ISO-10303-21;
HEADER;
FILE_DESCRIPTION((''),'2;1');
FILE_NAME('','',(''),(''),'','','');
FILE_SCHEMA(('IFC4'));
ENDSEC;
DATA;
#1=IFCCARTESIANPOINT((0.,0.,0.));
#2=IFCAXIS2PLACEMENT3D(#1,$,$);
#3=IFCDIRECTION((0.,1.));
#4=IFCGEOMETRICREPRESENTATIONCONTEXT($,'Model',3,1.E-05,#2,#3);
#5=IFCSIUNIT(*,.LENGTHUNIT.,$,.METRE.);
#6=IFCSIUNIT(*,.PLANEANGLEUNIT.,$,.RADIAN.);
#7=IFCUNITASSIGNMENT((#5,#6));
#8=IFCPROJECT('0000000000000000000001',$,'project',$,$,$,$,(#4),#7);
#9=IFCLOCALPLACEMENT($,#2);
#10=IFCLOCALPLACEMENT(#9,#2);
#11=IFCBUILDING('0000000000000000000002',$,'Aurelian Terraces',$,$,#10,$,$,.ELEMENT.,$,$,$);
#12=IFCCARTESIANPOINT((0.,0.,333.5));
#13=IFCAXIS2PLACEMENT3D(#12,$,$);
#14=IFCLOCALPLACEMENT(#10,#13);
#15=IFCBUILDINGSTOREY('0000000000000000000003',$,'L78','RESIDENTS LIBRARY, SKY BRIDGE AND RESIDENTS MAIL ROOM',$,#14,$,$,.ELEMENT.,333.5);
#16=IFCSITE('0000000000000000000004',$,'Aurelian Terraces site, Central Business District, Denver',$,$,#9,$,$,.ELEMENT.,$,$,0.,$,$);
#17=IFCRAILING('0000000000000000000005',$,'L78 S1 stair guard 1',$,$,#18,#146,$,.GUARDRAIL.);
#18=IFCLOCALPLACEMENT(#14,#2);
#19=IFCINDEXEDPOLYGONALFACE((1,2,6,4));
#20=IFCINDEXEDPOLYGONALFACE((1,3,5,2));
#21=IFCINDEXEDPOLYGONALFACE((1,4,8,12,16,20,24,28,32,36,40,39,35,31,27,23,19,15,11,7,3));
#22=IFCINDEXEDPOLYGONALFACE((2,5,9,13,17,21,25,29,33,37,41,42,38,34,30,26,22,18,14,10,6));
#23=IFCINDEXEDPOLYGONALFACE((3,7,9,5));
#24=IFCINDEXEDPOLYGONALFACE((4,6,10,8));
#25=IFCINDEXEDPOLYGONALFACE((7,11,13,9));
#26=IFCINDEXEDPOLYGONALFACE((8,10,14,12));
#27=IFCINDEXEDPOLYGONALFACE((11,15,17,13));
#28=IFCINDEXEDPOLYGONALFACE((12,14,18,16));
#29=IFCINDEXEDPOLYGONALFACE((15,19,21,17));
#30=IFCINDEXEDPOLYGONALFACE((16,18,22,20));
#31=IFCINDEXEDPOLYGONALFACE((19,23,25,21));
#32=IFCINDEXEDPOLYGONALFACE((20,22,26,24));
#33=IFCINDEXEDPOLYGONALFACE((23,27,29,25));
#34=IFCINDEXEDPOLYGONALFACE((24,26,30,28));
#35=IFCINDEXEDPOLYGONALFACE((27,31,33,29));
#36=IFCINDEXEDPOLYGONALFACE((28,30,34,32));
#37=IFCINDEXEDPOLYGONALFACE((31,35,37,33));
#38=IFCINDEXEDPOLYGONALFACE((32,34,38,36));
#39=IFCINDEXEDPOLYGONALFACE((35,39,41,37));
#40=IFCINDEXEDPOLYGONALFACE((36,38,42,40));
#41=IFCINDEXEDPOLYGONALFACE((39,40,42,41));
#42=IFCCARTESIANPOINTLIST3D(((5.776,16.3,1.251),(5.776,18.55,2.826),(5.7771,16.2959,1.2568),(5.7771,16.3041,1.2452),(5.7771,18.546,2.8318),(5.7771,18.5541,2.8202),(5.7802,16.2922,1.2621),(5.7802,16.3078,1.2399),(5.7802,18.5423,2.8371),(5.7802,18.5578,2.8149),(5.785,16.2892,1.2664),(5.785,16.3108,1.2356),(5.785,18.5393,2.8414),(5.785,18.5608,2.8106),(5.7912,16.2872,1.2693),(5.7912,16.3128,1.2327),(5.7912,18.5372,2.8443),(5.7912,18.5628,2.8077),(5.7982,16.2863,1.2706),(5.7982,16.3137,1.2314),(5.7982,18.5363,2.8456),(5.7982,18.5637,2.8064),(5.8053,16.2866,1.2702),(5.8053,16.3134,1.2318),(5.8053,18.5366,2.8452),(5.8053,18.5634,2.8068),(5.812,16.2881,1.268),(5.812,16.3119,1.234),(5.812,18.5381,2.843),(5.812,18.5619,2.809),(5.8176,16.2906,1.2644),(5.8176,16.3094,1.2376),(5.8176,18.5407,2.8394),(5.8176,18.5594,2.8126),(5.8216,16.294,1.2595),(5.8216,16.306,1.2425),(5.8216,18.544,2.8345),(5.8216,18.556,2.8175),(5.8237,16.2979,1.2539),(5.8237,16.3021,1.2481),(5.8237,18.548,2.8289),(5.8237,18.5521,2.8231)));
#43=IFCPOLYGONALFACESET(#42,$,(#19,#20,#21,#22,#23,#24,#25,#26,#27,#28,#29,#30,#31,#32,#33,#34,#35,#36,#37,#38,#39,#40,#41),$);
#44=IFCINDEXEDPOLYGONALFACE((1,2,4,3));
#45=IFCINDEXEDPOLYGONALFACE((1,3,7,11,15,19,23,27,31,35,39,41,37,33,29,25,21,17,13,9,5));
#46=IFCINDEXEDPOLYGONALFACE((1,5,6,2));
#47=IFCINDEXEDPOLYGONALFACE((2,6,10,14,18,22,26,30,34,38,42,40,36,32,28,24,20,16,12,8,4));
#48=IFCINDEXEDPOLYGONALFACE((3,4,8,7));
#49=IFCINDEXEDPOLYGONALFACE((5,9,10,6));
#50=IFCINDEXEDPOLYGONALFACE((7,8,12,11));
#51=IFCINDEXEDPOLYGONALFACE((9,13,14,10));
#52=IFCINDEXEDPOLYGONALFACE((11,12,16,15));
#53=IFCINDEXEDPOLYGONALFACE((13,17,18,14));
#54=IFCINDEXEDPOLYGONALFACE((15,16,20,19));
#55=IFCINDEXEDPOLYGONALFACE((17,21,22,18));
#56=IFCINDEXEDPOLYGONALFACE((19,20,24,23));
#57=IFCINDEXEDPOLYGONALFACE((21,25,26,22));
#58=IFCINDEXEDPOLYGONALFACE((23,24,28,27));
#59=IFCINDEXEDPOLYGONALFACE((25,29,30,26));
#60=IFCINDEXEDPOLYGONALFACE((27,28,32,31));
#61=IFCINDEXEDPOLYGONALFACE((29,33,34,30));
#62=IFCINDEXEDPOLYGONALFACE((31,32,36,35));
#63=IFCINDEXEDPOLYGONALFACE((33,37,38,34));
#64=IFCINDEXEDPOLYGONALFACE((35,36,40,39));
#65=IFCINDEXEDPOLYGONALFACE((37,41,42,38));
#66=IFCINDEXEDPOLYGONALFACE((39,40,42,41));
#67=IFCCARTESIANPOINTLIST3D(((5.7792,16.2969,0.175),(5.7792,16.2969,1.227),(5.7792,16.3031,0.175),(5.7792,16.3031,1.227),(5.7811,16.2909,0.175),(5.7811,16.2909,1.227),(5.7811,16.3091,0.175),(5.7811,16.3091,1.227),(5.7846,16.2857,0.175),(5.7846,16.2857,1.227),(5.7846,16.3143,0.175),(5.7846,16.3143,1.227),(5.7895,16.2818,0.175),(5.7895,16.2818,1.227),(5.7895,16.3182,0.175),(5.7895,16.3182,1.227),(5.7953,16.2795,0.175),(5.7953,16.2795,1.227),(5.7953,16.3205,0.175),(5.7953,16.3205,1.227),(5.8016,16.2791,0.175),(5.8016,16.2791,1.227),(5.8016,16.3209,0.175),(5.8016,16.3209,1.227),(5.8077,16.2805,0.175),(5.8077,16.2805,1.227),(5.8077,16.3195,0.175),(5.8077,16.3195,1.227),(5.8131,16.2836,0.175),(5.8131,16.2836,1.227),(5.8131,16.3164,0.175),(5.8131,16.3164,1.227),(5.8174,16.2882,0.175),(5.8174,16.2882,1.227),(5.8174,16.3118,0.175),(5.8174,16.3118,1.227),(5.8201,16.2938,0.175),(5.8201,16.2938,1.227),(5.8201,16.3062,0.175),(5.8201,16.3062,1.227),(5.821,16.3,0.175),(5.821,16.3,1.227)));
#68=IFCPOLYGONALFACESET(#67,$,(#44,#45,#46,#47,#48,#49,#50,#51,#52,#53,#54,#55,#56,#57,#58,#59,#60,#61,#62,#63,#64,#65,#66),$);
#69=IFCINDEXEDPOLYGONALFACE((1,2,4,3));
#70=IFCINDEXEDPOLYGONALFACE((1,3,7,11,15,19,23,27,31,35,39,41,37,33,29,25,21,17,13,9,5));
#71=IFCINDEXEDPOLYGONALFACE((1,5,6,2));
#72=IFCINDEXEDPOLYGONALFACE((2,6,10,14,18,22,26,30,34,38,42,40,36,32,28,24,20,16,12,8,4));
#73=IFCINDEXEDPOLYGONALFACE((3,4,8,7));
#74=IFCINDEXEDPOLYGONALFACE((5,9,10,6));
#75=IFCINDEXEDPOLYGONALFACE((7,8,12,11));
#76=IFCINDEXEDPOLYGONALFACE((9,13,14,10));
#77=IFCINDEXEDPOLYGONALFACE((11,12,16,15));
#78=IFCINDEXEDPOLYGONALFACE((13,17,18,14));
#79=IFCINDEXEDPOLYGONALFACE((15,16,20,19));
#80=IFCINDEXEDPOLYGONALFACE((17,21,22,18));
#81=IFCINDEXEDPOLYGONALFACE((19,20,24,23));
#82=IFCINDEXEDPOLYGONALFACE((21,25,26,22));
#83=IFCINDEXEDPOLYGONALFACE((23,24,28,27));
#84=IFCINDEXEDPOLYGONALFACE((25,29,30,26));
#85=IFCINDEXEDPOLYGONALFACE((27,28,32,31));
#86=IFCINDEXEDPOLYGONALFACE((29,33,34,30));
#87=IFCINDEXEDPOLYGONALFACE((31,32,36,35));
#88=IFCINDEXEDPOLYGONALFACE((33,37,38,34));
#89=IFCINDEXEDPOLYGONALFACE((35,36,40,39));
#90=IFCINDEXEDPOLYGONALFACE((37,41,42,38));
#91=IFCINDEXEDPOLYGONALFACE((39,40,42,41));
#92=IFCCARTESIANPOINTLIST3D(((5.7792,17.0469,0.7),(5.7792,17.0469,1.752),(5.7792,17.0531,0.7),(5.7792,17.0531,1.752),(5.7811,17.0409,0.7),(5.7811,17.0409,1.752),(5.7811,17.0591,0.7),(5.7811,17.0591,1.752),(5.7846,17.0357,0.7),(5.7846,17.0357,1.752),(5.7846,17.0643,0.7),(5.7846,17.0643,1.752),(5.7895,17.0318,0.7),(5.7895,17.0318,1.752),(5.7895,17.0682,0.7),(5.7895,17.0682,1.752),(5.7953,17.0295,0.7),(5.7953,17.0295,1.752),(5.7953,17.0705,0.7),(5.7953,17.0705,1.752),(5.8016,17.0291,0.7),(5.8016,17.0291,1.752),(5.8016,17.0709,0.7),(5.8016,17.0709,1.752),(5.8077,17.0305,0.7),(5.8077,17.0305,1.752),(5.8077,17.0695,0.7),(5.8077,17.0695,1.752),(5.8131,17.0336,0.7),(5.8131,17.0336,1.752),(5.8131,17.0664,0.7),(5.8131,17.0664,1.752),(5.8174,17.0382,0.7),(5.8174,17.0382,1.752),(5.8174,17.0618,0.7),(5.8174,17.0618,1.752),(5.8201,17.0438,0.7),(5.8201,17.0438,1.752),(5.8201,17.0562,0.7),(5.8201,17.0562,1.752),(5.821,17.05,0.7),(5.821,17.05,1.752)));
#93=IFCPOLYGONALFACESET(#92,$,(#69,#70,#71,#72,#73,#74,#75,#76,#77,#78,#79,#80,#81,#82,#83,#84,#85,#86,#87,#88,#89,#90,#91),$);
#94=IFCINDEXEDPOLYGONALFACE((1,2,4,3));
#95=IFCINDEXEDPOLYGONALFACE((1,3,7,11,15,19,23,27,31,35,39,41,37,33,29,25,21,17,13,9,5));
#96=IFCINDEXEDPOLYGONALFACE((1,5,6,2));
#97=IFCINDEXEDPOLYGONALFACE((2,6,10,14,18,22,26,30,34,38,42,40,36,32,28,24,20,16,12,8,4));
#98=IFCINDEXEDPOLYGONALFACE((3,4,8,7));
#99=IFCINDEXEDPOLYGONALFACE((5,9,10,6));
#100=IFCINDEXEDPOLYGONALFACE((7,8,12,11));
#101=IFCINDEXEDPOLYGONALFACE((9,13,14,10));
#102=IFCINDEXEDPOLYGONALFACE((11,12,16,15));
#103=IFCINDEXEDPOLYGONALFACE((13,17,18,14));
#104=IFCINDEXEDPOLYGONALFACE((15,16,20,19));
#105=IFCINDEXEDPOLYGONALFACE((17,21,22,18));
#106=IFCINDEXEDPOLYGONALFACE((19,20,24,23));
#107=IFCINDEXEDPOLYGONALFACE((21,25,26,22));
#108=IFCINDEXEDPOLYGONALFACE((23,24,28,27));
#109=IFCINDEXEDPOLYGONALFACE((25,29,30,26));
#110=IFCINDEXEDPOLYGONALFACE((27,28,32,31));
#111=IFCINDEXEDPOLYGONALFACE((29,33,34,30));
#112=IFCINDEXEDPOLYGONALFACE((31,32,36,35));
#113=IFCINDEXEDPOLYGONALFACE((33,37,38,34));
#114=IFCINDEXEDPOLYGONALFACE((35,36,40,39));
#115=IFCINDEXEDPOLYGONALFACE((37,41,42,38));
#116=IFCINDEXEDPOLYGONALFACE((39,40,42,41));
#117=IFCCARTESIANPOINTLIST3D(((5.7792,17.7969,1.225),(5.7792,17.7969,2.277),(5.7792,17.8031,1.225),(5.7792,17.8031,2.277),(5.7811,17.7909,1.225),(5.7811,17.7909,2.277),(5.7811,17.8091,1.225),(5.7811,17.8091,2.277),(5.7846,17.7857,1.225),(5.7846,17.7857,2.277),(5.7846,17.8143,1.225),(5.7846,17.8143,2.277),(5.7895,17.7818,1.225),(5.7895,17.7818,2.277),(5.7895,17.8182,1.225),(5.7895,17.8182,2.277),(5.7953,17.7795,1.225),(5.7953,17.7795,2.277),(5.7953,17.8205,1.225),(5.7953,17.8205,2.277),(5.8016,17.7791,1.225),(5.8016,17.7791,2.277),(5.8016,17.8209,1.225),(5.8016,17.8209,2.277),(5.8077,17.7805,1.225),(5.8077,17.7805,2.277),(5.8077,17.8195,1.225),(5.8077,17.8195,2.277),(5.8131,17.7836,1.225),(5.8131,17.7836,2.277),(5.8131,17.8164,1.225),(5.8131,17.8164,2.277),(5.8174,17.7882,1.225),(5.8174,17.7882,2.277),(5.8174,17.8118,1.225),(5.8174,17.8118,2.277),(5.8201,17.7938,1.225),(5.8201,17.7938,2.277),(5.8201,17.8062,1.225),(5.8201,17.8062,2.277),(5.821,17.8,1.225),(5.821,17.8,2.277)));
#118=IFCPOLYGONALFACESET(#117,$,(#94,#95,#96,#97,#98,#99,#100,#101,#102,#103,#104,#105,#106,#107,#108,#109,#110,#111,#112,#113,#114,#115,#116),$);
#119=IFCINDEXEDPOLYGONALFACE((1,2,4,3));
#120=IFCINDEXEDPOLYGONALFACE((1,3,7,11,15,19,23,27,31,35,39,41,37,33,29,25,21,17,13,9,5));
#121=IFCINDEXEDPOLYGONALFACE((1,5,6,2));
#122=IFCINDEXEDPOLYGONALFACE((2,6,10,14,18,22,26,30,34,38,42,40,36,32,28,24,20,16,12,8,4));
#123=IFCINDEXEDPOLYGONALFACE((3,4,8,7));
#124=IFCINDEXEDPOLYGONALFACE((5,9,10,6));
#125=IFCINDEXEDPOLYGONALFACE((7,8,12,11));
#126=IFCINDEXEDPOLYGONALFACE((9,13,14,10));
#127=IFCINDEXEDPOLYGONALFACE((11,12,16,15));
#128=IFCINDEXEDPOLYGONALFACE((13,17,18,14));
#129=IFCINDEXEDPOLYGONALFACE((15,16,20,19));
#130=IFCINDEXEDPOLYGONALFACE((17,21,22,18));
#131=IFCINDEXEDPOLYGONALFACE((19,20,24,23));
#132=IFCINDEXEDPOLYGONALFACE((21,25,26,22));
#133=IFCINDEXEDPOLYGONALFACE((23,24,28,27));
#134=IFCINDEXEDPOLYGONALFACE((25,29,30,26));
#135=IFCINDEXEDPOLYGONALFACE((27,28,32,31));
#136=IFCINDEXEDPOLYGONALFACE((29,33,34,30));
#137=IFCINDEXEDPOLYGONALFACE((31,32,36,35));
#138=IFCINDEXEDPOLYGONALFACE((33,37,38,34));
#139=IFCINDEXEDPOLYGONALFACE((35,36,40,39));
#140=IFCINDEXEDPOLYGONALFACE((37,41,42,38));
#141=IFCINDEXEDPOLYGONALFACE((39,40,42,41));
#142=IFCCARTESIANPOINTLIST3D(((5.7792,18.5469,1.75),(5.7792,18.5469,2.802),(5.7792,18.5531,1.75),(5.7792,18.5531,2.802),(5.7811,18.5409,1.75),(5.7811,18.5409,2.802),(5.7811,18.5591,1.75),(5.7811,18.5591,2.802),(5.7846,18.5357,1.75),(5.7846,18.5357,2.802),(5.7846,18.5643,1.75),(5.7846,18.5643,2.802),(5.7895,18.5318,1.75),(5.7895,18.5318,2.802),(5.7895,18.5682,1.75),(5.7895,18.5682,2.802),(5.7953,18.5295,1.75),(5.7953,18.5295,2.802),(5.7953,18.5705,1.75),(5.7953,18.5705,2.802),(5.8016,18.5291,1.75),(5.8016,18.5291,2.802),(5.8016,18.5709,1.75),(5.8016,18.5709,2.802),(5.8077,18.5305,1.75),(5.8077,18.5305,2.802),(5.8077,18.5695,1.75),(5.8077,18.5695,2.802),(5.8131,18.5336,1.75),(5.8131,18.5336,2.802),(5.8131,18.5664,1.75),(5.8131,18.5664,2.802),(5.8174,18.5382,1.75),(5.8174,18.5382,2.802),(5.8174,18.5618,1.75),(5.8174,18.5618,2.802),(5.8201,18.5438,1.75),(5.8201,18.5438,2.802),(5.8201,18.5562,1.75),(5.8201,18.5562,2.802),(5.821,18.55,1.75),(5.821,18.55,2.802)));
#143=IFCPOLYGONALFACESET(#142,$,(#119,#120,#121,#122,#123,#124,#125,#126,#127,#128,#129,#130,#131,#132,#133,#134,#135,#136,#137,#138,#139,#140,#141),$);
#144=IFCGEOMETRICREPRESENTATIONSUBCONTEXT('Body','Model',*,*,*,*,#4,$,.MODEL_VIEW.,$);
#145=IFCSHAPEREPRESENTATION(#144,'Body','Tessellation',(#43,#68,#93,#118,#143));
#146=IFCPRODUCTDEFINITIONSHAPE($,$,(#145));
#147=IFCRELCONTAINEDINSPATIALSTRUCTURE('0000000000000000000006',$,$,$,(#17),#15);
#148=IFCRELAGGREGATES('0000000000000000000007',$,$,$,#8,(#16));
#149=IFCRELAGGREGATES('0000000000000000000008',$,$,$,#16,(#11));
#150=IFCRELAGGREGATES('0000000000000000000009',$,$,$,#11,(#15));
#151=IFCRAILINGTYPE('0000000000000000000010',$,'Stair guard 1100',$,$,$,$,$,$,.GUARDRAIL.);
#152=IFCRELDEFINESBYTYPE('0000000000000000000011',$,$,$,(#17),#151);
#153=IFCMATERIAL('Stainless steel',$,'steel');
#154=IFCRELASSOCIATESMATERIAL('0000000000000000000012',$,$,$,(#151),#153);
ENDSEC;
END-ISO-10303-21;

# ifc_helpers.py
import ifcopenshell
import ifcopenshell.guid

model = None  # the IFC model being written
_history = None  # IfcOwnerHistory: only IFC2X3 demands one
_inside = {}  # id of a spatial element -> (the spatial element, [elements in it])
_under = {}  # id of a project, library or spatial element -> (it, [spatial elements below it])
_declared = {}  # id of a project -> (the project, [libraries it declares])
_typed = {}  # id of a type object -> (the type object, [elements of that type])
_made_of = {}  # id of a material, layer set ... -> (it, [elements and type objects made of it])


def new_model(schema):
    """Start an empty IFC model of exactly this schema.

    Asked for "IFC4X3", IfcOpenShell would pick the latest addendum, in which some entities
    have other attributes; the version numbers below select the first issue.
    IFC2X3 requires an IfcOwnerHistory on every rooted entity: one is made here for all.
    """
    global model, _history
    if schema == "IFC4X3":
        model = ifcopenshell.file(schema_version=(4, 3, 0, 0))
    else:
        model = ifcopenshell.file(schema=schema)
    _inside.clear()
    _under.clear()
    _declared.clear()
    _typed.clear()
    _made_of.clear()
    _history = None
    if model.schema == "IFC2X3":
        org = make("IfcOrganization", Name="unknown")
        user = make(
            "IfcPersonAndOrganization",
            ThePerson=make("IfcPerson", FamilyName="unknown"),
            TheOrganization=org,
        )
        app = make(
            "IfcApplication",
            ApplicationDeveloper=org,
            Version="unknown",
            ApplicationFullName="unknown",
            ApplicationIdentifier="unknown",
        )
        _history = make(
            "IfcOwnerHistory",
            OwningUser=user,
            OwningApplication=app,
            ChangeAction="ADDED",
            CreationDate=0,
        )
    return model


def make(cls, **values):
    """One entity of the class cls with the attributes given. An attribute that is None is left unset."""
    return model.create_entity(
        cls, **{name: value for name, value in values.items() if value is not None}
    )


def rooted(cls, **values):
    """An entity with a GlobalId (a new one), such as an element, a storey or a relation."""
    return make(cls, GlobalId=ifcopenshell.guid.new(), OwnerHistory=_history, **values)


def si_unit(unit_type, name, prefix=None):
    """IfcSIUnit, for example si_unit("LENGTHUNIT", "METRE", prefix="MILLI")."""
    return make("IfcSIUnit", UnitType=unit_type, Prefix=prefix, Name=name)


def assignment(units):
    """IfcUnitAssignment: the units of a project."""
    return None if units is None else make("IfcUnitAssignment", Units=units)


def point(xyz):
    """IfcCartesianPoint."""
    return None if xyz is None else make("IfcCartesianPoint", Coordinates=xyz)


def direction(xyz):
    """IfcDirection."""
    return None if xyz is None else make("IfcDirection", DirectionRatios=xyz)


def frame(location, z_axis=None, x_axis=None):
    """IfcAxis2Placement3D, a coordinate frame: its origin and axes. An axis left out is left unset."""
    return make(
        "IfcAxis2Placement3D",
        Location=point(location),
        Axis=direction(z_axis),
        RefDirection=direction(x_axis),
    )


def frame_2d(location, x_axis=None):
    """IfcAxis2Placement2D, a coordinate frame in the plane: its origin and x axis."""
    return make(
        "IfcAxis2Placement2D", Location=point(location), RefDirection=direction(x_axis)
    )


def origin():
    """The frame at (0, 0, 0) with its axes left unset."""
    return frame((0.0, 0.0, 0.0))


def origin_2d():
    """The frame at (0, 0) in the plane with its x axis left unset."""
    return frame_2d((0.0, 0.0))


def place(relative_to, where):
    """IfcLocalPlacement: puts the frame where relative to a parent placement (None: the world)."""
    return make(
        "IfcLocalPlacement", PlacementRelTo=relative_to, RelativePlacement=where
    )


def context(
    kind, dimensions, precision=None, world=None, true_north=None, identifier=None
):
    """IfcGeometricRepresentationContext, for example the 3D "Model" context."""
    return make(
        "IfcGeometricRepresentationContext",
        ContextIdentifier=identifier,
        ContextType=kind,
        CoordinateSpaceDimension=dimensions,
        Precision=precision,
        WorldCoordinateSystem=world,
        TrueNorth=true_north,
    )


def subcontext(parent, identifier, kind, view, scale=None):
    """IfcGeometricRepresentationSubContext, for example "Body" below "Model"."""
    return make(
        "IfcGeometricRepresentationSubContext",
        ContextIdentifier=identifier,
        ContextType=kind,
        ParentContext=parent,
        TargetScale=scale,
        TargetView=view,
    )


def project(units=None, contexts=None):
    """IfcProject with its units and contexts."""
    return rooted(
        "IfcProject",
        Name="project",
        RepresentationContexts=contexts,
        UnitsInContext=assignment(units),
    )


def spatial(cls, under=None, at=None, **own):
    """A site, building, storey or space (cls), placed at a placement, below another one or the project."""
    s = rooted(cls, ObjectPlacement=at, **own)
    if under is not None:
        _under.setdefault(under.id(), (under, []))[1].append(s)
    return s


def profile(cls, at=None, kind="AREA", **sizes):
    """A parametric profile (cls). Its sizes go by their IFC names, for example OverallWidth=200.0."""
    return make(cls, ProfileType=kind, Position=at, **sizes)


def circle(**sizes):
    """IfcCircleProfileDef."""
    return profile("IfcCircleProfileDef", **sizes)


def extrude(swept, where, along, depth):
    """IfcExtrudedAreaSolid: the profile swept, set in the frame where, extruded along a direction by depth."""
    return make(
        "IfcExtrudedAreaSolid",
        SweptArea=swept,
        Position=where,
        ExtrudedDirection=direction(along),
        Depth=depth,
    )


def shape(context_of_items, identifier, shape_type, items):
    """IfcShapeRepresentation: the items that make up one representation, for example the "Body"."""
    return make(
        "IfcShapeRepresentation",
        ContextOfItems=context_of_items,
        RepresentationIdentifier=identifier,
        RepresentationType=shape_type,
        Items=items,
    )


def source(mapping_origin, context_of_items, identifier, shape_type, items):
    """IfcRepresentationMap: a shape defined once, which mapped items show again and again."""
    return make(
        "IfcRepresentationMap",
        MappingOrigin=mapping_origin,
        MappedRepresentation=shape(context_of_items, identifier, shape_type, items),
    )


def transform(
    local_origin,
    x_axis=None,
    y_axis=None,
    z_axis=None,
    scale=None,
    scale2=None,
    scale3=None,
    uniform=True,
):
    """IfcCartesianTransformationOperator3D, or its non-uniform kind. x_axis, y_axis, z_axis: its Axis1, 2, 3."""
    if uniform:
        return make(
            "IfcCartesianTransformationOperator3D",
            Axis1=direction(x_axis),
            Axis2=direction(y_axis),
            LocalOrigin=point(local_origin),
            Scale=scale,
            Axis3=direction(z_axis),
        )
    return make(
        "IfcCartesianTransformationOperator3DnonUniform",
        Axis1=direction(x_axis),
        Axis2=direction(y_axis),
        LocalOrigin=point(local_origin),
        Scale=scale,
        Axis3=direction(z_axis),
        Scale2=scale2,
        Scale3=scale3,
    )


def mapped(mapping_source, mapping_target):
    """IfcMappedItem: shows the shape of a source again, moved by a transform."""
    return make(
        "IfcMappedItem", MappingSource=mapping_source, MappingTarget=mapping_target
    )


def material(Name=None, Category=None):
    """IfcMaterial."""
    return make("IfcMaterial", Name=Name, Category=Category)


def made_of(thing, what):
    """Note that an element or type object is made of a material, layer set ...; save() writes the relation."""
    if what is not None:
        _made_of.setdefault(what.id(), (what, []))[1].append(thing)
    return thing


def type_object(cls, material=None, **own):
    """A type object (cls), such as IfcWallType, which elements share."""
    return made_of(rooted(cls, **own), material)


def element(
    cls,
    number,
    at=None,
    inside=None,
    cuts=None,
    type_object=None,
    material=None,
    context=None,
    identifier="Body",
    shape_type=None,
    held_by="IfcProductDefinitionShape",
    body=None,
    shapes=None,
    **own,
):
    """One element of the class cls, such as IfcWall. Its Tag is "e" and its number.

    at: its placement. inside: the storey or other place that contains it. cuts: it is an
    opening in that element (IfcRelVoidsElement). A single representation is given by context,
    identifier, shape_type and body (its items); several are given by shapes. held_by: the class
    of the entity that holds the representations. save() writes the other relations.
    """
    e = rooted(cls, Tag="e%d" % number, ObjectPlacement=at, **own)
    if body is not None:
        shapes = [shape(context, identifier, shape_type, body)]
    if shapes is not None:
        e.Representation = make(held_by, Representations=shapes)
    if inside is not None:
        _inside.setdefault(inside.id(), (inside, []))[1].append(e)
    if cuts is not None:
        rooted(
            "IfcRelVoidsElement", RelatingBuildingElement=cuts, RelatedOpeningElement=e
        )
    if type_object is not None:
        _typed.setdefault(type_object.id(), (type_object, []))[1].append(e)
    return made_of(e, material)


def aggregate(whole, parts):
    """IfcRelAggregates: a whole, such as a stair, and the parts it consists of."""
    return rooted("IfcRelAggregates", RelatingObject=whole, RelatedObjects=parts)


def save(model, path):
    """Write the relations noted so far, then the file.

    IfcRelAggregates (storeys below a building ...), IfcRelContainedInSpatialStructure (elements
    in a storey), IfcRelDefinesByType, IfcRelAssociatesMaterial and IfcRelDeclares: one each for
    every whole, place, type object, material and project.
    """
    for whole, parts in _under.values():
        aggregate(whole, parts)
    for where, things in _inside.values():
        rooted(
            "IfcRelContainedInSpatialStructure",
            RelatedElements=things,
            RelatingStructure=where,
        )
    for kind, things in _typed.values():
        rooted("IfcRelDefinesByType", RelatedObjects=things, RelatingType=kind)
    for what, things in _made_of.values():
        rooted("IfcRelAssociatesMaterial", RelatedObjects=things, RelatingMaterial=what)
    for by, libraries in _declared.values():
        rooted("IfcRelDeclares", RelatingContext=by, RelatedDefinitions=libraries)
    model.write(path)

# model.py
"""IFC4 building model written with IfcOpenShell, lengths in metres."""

from ifc_helpers import new_model, si_unit, direction, frame, origin, origin_2d, place, context, subcontext, project, spatial, circle, extrude, source, transform, mapped, material, type_object, element, save


model = new_model("IFC4")

# Units and contexts
model_context = context("Model", 3, precision=1e-05, world=origin(), true_north=direction((0.0, 1.0)))
body_context = subcontext(model_context, "Body", "Model", "MODEL_VIEW")
ifc_project = project(units=[si_unit("LENGTHUNIT", "METRE"), si_unit("PLANEANGLEUNIT", "RADIAN")], contexts=[model_context])

# Site, building, storey
site_placement = place(None, origin())
site = spatial("IfcSite", under=ifc_project, at=site_placement, Name="Aurelian Terraces site, Central Business District, Denver", CompositionType="ELEMENT", RefElevation=0.0)
building_placement = place(site_placement, origin())
building = spatial("IfcBuilding", under=site, at=building_placement, Name="Aurelian Terraces", CompositionType="ELEMENT")
storey_placement = place(building_placement, frame((0.0, 0.0, 333.5)))
storey = spatial("IfcBuildingStorey", under=building, at=storey_placement, Name="L78", Description="RESIDENTS LIBRARY, SKY BRIDGE AND RESIDENTS MAIL ROOM", CompositionType="ELEMENT", Elevation=333.5)

# Railing
ifc_material_1 = material(Name="Stainless steel", Category="steel")
railing_type_1 = type_object("IfcRailingType", Name="Stair guard 1100", PredefinedType="GUARDRAIL", material=ifc_material_1)
shared_shape_1 = source(origin(), body_context, "Body", "SweptSolid", [
    extrude(circle(Radius=0.024, at=origin_2d()), frame((0.0, 0.0, 1.076), z_axis=(0.0, 0.819232, 0.573462), x_axis=(-1.0, 0.0, 0.0)), (0.0, 0.0, 1.0), 2.7465),
    extrude(circle(Radius=0.021, at=origin_2d()), origin(), (0.0, 0.0, 1.0), 1.052),
    extrude(circle(Radius=0.021, at=origin_2d()), frame((0.0, 0.75, 0.525)), (0.0, 0.0, 1.0), 1.052),
    extrude(circle(Radius=0.021, at=origin_2d()), frame((0.0, 1.5, 1.05)), (0.0, 0.0, 1.0), 1.052),
    extrude(circle(Radius=0.021, at=origin_2d()), frame((0.0, 2.25, 1.575)), (0.0, 0.0, 1.0), 1.052),
])
railing_1_placement = place(storey_placement, frame((5.8, 16.3, 0.175)))
element("IfcRailing", 1, at=railing_1_placement, inside=storey, type_object=railing_type_1, Name="L78 S1 stair guard 1", PredefinedType="GUARDRAIL", context=body_context, shape_type="MappedRepresentation", body=[
    mapped(shared_shape_1, transform((0.0, 0.0, 0.0), scale=1.0)),
])

save(model, "model.ifc")
